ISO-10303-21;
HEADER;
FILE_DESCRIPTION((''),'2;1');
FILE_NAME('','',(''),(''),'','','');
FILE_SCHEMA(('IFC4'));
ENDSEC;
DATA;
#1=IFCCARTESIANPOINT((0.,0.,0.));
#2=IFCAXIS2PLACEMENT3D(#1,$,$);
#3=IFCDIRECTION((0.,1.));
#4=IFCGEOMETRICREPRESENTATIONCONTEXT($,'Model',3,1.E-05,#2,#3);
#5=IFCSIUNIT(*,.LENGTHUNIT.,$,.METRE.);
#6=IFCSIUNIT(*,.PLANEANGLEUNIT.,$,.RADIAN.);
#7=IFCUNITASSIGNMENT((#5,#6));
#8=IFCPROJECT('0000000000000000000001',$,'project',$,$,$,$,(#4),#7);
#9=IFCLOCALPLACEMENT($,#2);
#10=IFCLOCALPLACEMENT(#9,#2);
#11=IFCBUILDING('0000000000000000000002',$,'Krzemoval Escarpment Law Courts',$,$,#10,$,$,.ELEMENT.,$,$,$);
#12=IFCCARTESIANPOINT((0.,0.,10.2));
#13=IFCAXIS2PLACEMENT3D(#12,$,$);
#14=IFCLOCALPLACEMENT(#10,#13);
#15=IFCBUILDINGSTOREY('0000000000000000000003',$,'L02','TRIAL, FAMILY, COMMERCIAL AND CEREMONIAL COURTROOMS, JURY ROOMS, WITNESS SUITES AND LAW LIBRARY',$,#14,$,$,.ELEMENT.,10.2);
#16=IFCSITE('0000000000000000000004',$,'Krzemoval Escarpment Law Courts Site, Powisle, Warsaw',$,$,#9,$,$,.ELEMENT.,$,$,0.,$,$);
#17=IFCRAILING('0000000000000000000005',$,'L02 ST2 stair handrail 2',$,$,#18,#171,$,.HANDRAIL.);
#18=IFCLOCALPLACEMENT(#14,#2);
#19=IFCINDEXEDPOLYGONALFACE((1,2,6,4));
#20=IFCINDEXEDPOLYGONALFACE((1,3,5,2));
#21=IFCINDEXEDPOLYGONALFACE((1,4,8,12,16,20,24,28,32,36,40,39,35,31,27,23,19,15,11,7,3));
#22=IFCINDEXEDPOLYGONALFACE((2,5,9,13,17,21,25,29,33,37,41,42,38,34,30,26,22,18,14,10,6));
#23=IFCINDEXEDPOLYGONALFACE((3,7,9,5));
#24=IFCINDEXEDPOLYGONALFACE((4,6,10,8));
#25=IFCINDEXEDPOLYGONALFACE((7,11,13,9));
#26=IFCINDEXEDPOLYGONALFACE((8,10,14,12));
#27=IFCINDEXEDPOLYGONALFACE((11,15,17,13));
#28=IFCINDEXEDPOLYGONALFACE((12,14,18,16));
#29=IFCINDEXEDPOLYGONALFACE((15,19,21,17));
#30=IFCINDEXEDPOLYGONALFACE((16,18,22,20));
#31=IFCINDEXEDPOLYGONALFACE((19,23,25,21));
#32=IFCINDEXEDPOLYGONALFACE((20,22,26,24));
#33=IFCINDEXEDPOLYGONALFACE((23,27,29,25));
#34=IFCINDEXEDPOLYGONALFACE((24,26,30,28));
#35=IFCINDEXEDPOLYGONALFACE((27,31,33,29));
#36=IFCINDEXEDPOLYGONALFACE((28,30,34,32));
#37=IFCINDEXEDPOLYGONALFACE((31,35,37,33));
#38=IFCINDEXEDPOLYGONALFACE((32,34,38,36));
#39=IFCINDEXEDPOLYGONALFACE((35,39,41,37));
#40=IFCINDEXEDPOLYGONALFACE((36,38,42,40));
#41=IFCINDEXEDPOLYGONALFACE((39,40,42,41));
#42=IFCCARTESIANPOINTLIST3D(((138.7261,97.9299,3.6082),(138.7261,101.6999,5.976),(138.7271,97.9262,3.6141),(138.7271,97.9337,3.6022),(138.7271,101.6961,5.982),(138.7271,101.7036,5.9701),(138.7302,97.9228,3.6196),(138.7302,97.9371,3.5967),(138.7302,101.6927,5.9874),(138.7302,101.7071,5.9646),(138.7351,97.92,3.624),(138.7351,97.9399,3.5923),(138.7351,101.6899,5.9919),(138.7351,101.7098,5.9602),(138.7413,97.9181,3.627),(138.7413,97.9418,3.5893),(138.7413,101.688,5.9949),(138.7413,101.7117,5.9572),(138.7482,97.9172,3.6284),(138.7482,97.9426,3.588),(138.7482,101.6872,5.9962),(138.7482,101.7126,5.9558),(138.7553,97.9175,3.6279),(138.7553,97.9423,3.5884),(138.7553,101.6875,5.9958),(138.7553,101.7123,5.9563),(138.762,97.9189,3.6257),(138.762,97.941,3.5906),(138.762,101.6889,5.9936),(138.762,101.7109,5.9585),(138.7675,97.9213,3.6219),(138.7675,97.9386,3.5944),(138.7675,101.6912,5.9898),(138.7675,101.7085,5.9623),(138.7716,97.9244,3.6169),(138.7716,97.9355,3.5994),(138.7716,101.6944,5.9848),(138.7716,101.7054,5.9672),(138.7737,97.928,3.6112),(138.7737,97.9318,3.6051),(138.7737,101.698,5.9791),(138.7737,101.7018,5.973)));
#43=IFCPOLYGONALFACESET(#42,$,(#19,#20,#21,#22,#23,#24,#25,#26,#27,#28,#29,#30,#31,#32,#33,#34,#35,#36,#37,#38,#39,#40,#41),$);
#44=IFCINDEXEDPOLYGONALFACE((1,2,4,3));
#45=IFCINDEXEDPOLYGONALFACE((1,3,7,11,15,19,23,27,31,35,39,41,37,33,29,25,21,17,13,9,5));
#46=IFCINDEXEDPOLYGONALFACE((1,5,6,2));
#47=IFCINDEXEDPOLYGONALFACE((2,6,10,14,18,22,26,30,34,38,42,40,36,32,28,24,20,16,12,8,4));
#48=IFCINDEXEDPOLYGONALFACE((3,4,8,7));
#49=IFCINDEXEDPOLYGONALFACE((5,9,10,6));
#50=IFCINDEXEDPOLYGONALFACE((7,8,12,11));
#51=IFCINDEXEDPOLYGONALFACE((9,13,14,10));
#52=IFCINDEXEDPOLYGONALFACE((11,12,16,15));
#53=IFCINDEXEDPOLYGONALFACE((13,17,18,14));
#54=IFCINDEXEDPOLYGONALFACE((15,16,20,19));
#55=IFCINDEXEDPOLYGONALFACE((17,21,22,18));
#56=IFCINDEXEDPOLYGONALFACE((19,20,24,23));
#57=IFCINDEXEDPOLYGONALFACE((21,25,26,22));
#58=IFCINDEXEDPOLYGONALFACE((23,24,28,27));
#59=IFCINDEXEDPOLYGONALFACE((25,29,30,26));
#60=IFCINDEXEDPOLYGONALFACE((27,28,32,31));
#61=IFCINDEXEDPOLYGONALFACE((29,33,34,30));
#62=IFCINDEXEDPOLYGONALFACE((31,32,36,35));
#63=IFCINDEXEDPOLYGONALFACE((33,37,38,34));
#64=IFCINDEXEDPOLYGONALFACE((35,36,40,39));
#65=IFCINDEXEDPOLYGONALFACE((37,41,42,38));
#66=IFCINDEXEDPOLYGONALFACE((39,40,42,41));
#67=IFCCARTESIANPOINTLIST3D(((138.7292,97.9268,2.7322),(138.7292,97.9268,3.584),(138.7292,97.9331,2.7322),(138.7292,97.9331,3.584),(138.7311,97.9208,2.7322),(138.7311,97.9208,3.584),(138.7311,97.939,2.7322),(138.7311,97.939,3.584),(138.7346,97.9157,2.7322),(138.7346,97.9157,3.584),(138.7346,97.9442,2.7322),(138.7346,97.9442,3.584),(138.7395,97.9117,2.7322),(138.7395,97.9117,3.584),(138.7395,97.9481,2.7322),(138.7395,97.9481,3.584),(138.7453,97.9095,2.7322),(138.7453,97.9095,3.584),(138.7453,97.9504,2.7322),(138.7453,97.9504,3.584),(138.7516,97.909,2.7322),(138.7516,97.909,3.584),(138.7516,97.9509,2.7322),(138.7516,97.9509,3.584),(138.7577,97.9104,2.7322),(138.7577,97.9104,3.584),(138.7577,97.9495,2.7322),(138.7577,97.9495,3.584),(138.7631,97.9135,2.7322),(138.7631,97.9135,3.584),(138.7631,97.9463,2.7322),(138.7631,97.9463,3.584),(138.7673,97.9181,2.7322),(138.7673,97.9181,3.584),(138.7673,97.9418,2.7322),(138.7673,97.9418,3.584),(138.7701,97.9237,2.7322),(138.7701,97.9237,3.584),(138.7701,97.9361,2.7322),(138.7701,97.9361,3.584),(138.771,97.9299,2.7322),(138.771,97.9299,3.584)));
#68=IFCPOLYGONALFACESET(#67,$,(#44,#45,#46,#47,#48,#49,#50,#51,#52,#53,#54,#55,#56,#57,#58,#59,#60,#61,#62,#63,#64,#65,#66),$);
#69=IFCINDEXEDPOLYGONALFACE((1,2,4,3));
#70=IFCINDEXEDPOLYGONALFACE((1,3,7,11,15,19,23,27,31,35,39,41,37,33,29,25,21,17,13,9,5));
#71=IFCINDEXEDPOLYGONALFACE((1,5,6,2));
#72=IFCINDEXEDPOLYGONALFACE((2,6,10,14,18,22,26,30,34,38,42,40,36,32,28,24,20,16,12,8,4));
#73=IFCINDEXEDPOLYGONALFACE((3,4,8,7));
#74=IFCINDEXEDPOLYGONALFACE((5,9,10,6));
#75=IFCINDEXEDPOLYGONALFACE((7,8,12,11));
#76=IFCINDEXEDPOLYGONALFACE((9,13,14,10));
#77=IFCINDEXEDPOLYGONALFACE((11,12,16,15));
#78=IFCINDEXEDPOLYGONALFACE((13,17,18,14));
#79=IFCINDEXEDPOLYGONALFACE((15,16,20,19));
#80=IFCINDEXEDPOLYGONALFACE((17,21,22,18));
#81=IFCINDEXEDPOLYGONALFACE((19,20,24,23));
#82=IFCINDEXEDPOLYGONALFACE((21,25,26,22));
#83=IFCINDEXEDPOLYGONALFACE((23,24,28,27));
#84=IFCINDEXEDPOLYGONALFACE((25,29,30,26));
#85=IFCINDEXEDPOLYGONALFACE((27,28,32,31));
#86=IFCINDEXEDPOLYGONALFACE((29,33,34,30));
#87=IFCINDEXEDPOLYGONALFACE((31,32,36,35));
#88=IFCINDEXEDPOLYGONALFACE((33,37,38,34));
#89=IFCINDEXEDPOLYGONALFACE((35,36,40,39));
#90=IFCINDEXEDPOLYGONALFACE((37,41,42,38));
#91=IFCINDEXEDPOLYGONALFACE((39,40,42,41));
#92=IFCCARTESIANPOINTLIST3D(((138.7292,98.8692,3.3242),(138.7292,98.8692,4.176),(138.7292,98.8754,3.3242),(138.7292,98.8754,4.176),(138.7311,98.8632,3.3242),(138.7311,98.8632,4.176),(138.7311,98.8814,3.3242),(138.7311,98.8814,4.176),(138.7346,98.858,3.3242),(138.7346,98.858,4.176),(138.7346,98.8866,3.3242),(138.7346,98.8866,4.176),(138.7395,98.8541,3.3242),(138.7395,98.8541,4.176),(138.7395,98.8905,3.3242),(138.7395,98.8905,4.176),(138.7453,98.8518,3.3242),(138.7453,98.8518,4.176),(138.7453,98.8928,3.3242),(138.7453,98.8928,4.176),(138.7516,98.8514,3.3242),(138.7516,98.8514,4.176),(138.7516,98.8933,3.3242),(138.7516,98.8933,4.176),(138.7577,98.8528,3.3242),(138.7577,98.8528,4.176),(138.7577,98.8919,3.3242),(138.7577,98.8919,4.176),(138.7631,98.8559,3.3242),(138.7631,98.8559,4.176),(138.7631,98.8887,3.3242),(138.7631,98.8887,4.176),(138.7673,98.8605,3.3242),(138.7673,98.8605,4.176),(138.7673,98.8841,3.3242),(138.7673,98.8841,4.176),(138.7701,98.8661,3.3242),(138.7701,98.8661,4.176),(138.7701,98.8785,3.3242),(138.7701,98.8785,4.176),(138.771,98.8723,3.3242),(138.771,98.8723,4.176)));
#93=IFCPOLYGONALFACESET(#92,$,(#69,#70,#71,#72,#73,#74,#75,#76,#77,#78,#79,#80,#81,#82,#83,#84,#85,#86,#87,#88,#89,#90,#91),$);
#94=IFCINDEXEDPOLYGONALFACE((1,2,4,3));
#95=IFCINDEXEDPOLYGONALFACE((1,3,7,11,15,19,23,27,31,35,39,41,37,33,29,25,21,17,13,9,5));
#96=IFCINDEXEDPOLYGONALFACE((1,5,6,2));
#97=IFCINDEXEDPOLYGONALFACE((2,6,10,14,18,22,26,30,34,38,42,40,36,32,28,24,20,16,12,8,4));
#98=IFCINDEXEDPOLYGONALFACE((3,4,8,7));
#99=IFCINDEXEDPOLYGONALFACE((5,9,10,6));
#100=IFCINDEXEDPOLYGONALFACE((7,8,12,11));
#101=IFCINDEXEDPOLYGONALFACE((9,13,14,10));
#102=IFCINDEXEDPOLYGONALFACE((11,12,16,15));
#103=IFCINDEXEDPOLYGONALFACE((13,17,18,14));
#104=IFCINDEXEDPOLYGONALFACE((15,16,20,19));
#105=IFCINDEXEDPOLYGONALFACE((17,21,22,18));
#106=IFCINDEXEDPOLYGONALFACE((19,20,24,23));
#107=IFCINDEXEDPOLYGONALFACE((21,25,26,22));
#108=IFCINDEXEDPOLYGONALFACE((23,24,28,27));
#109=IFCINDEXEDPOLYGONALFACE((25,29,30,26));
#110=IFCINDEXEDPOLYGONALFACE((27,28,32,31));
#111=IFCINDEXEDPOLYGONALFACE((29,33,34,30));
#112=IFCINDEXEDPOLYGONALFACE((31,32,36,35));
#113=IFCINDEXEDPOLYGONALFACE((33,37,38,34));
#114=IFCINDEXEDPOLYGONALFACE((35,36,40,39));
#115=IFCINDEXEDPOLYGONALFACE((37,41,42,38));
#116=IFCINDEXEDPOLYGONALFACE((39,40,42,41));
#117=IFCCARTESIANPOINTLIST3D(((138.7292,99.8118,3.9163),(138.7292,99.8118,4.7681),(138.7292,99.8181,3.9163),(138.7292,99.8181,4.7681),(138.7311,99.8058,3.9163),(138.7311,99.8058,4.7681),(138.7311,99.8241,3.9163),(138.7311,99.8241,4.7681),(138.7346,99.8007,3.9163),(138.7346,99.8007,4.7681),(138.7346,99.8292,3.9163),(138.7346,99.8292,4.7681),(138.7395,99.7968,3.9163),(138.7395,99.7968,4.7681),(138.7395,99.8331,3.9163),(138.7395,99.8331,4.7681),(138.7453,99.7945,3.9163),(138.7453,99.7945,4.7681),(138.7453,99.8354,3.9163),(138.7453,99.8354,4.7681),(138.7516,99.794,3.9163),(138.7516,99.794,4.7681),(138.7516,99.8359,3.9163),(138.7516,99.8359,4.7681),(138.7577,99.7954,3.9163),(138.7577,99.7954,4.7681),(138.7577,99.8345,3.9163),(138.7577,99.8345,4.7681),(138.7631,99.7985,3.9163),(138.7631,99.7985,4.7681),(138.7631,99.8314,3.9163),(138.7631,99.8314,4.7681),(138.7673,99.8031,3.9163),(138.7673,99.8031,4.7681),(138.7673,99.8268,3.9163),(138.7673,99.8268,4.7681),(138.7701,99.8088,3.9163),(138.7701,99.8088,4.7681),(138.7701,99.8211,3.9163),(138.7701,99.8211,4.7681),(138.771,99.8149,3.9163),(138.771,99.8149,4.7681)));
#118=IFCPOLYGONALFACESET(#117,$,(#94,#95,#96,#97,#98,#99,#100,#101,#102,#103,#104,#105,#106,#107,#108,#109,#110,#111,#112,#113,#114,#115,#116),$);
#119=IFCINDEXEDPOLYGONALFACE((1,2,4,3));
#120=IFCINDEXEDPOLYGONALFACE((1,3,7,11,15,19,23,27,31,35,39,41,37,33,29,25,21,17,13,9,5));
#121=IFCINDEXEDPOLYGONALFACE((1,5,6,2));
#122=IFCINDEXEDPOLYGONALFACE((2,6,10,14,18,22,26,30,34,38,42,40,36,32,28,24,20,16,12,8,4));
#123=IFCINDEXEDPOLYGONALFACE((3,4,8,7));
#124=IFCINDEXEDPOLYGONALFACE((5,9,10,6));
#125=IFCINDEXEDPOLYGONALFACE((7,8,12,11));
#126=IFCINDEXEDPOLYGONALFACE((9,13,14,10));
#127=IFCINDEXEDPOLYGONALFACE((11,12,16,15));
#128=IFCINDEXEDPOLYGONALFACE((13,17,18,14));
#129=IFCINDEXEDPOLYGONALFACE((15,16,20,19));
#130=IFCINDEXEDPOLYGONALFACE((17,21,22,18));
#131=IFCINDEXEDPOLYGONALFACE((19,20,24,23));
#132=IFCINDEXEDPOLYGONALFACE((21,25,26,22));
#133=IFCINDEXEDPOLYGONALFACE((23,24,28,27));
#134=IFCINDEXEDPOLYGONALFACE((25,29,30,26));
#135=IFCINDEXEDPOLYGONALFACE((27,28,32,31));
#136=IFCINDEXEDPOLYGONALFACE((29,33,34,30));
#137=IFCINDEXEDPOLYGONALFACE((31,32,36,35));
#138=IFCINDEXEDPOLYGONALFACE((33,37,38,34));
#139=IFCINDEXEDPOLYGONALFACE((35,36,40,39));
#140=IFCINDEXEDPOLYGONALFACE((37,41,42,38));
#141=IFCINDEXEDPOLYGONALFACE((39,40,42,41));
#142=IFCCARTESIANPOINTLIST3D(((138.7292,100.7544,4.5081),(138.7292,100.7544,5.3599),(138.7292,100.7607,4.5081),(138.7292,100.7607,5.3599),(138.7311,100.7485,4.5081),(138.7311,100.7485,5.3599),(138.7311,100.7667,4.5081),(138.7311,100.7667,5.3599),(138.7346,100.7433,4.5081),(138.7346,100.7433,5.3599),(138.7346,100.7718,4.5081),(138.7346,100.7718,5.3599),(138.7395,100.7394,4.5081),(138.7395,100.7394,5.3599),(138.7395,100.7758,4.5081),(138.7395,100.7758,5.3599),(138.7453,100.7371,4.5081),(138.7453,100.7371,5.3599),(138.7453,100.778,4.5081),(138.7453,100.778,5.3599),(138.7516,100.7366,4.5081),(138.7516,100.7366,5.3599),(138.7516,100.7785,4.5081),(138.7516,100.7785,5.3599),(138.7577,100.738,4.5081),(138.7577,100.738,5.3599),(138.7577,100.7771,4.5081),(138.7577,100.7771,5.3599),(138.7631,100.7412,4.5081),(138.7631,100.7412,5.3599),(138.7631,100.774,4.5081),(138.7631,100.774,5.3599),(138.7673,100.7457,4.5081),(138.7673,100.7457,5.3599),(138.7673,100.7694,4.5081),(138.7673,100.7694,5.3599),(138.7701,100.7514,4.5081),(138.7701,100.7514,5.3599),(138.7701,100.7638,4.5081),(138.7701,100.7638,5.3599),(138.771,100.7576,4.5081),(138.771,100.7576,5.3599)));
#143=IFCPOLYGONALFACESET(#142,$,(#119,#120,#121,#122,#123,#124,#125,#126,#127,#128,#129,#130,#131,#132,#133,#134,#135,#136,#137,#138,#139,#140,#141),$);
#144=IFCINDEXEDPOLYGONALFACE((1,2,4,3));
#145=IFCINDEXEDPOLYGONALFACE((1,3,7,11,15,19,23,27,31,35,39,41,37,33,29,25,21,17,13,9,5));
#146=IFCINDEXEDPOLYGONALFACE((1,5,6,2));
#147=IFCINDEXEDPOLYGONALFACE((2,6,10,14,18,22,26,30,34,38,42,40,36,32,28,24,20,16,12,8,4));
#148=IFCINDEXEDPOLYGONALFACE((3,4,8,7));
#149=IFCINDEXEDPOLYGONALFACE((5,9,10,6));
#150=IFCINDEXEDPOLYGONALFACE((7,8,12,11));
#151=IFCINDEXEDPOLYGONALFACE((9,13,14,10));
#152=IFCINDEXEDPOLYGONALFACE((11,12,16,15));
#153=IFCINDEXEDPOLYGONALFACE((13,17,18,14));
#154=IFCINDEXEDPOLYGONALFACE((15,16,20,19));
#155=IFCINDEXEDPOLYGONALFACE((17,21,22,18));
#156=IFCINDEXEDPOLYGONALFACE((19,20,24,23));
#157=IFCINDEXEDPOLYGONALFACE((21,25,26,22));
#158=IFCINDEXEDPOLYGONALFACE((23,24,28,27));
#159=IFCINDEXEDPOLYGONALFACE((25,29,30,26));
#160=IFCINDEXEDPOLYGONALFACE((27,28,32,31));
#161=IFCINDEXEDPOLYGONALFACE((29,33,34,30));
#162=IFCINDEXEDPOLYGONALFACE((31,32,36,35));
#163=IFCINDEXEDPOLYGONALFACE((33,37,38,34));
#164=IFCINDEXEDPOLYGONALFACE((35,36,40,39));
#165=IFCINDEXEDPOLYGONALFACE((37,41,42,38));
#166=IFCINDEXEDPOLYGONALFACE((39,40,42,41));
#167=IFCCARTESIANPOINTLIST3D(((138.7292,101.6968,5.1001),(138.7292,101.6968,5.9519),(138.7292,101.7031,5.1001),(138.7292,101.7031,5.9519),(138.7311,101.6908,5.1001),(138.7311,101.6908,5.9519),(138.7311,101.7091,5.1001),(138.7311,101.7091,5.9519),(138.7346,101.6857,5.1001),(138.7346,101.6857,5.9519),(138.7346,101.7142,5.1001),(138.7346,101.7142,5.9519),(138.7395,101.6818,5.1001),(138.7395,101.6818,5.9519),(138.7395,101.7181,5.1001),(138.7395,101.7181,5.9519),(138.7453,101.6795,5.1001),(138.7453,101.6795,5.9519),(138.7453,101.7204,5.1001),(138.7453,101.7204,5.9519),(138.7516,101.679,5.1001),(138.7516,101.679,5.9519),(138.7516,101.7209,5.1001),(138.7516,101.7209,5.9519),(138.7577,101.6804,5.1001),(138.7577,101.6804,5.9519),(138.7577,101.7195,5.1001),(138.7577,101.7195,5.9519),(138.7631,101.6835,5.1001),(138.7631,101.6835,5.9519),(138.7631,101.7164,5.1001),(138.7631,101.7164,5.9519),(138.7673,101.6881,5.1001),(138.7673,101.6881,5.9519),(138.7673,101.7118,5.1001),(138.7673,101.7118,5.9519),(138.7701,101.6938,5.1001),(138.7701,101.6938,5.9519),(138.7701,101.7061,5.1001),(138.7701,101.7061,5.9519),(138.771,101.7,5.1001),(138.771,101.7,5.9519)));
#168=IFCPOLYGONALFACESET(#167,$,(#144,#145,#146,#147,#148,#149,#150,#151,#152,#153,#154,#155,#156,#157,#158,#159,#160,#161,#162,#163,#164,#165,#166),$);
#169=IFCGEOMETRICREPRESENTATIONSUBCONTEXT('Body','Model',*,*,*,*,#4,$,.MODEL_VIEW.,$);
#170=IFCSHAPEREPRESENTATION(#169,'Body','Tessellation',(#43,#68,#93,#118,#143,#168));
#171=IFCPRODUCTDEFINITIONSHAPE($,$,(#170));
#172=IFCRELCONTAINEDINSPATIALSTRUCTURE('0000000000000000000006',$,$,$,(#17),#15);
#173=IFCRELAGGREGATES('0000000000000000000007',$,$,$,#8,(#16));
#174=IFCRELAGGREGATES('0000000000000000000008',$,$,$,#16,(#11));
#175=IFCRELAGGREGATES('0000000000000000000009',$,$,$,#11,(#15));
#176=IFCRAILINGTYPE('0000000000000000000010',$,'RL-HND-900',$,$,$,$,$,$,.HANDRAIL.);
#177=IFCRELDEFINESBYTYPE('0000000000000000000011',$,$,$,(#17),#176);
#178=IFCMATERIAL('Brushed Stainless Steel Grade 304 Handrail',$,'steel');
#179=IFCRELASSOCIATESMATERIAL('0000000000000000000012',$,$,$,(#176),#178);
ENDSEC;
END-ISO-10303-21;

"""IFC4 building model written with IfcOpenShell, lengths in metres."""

from ifc_helpers import new_model, si_unit, direction, frame, origin, origin_2d, place, context, subcontext, project, spatial, circle, extrude, material, type_object, element, save


model = new_model("IFC4")

# Units and contexts
model_context = context("Model", 3, precision=1e-05, world=origin(), true_north=direction((0.0, 1.0)))
body_context = subcontext(model_context, "Body", "Model", "MODEL_VIEW")
ifc_project = project(units=[si_unit("LENGTHUNIT", "METRE"), si_unit("PLANEANGLEUNIT", "RADIAN")], contexts=[model_context])

# Site, building, storey
site_placement = place(None, origin())
site = spatial("IfcSite", under=ifc_project, at=site_placement, Name="Krzemoval Escarpment Law Courts Site, Powisle, Warsaw", CompositionType="ELEMENT", RefElevation=0.0)
building_placement = place(site_placement, origin())
building = spatial("IfcBuilding", under=site, at=building_placement, Name="Krzemoval Escarpment Law Courts", CompositionType="ELEMENT")
storey_placement = place(building_placement, frame((0.0, 0.0, 10.2)))
storey = spatial("IfcBuildingStorey", under=building, at=storey_placement, Name="L02", Description="TRIAL, FAMILY, COMMERCIAL AND CEREMONIAL COURTROOMS, JURY ROOMS, WITNESS SUITES AND LAW LIBRARY", CompositionType="ELEMENT", Elevation=10.2)

# Railing
ifc_material_1 = material(Name="Brushed Stainless Steel Grade 304 Handrail", Category="steel")
railing_type_1 = type_object("IfcRailingType", Name="RL-HND-900", PredefinedType="HANDRAIL", material=ifc_material_1)
for number, where, name in (
    (1, (138.75, 97.9299, 2.7322), "L02 ST2 stair handrail 2"),
):
    element("IfcRailing", number, at=place(storey_placement, frame(where)), inside=storey, type_object=railing_type_1, Name=name, PredefinedType="HANDRAIL", context=body_context, shape_type="SweptSolid", body=[
        extrude(circle(Radius=0.0239, at=origin_2d()), frame((0.0, 0.0, 0.876), z_axis=(0.0, 0.846819, 0.531881), x_axis=(-1.0, 0.0, 0.0)), (0.0, 0.0, 1.0), 4.4519),
        extrude(circle(Radius=0.021, at=origin_2d()), origin(), (0.0, 0.0, 1.0), 0.8518),
        extrude(circle(Radius=0.021, at=origin_2d()), frame((0.0, 0.9424, 0.592)), (0.0, 0.0, 1.0), 0.8518),
        extrude(circle(Radius=0.021, at=origin_2d()), frame((0.0, 1.885, 1.1841)), (0.0, 0.0, 1.0), 0.8518),
        extrude(circle(Radius=0.021, at=origin_2d()), frame((0.0, 2.8276, 1.7759)), (0.0, 0.0, 1.0), 0.8518),
        extrude(circle(Radius=0.021, at=origin_2d()), frame((0.0, 3.77, 2.3679)), (0.0, 0.0, 1.0), 0.8518),
    ])

save(model, "model.ifc")
